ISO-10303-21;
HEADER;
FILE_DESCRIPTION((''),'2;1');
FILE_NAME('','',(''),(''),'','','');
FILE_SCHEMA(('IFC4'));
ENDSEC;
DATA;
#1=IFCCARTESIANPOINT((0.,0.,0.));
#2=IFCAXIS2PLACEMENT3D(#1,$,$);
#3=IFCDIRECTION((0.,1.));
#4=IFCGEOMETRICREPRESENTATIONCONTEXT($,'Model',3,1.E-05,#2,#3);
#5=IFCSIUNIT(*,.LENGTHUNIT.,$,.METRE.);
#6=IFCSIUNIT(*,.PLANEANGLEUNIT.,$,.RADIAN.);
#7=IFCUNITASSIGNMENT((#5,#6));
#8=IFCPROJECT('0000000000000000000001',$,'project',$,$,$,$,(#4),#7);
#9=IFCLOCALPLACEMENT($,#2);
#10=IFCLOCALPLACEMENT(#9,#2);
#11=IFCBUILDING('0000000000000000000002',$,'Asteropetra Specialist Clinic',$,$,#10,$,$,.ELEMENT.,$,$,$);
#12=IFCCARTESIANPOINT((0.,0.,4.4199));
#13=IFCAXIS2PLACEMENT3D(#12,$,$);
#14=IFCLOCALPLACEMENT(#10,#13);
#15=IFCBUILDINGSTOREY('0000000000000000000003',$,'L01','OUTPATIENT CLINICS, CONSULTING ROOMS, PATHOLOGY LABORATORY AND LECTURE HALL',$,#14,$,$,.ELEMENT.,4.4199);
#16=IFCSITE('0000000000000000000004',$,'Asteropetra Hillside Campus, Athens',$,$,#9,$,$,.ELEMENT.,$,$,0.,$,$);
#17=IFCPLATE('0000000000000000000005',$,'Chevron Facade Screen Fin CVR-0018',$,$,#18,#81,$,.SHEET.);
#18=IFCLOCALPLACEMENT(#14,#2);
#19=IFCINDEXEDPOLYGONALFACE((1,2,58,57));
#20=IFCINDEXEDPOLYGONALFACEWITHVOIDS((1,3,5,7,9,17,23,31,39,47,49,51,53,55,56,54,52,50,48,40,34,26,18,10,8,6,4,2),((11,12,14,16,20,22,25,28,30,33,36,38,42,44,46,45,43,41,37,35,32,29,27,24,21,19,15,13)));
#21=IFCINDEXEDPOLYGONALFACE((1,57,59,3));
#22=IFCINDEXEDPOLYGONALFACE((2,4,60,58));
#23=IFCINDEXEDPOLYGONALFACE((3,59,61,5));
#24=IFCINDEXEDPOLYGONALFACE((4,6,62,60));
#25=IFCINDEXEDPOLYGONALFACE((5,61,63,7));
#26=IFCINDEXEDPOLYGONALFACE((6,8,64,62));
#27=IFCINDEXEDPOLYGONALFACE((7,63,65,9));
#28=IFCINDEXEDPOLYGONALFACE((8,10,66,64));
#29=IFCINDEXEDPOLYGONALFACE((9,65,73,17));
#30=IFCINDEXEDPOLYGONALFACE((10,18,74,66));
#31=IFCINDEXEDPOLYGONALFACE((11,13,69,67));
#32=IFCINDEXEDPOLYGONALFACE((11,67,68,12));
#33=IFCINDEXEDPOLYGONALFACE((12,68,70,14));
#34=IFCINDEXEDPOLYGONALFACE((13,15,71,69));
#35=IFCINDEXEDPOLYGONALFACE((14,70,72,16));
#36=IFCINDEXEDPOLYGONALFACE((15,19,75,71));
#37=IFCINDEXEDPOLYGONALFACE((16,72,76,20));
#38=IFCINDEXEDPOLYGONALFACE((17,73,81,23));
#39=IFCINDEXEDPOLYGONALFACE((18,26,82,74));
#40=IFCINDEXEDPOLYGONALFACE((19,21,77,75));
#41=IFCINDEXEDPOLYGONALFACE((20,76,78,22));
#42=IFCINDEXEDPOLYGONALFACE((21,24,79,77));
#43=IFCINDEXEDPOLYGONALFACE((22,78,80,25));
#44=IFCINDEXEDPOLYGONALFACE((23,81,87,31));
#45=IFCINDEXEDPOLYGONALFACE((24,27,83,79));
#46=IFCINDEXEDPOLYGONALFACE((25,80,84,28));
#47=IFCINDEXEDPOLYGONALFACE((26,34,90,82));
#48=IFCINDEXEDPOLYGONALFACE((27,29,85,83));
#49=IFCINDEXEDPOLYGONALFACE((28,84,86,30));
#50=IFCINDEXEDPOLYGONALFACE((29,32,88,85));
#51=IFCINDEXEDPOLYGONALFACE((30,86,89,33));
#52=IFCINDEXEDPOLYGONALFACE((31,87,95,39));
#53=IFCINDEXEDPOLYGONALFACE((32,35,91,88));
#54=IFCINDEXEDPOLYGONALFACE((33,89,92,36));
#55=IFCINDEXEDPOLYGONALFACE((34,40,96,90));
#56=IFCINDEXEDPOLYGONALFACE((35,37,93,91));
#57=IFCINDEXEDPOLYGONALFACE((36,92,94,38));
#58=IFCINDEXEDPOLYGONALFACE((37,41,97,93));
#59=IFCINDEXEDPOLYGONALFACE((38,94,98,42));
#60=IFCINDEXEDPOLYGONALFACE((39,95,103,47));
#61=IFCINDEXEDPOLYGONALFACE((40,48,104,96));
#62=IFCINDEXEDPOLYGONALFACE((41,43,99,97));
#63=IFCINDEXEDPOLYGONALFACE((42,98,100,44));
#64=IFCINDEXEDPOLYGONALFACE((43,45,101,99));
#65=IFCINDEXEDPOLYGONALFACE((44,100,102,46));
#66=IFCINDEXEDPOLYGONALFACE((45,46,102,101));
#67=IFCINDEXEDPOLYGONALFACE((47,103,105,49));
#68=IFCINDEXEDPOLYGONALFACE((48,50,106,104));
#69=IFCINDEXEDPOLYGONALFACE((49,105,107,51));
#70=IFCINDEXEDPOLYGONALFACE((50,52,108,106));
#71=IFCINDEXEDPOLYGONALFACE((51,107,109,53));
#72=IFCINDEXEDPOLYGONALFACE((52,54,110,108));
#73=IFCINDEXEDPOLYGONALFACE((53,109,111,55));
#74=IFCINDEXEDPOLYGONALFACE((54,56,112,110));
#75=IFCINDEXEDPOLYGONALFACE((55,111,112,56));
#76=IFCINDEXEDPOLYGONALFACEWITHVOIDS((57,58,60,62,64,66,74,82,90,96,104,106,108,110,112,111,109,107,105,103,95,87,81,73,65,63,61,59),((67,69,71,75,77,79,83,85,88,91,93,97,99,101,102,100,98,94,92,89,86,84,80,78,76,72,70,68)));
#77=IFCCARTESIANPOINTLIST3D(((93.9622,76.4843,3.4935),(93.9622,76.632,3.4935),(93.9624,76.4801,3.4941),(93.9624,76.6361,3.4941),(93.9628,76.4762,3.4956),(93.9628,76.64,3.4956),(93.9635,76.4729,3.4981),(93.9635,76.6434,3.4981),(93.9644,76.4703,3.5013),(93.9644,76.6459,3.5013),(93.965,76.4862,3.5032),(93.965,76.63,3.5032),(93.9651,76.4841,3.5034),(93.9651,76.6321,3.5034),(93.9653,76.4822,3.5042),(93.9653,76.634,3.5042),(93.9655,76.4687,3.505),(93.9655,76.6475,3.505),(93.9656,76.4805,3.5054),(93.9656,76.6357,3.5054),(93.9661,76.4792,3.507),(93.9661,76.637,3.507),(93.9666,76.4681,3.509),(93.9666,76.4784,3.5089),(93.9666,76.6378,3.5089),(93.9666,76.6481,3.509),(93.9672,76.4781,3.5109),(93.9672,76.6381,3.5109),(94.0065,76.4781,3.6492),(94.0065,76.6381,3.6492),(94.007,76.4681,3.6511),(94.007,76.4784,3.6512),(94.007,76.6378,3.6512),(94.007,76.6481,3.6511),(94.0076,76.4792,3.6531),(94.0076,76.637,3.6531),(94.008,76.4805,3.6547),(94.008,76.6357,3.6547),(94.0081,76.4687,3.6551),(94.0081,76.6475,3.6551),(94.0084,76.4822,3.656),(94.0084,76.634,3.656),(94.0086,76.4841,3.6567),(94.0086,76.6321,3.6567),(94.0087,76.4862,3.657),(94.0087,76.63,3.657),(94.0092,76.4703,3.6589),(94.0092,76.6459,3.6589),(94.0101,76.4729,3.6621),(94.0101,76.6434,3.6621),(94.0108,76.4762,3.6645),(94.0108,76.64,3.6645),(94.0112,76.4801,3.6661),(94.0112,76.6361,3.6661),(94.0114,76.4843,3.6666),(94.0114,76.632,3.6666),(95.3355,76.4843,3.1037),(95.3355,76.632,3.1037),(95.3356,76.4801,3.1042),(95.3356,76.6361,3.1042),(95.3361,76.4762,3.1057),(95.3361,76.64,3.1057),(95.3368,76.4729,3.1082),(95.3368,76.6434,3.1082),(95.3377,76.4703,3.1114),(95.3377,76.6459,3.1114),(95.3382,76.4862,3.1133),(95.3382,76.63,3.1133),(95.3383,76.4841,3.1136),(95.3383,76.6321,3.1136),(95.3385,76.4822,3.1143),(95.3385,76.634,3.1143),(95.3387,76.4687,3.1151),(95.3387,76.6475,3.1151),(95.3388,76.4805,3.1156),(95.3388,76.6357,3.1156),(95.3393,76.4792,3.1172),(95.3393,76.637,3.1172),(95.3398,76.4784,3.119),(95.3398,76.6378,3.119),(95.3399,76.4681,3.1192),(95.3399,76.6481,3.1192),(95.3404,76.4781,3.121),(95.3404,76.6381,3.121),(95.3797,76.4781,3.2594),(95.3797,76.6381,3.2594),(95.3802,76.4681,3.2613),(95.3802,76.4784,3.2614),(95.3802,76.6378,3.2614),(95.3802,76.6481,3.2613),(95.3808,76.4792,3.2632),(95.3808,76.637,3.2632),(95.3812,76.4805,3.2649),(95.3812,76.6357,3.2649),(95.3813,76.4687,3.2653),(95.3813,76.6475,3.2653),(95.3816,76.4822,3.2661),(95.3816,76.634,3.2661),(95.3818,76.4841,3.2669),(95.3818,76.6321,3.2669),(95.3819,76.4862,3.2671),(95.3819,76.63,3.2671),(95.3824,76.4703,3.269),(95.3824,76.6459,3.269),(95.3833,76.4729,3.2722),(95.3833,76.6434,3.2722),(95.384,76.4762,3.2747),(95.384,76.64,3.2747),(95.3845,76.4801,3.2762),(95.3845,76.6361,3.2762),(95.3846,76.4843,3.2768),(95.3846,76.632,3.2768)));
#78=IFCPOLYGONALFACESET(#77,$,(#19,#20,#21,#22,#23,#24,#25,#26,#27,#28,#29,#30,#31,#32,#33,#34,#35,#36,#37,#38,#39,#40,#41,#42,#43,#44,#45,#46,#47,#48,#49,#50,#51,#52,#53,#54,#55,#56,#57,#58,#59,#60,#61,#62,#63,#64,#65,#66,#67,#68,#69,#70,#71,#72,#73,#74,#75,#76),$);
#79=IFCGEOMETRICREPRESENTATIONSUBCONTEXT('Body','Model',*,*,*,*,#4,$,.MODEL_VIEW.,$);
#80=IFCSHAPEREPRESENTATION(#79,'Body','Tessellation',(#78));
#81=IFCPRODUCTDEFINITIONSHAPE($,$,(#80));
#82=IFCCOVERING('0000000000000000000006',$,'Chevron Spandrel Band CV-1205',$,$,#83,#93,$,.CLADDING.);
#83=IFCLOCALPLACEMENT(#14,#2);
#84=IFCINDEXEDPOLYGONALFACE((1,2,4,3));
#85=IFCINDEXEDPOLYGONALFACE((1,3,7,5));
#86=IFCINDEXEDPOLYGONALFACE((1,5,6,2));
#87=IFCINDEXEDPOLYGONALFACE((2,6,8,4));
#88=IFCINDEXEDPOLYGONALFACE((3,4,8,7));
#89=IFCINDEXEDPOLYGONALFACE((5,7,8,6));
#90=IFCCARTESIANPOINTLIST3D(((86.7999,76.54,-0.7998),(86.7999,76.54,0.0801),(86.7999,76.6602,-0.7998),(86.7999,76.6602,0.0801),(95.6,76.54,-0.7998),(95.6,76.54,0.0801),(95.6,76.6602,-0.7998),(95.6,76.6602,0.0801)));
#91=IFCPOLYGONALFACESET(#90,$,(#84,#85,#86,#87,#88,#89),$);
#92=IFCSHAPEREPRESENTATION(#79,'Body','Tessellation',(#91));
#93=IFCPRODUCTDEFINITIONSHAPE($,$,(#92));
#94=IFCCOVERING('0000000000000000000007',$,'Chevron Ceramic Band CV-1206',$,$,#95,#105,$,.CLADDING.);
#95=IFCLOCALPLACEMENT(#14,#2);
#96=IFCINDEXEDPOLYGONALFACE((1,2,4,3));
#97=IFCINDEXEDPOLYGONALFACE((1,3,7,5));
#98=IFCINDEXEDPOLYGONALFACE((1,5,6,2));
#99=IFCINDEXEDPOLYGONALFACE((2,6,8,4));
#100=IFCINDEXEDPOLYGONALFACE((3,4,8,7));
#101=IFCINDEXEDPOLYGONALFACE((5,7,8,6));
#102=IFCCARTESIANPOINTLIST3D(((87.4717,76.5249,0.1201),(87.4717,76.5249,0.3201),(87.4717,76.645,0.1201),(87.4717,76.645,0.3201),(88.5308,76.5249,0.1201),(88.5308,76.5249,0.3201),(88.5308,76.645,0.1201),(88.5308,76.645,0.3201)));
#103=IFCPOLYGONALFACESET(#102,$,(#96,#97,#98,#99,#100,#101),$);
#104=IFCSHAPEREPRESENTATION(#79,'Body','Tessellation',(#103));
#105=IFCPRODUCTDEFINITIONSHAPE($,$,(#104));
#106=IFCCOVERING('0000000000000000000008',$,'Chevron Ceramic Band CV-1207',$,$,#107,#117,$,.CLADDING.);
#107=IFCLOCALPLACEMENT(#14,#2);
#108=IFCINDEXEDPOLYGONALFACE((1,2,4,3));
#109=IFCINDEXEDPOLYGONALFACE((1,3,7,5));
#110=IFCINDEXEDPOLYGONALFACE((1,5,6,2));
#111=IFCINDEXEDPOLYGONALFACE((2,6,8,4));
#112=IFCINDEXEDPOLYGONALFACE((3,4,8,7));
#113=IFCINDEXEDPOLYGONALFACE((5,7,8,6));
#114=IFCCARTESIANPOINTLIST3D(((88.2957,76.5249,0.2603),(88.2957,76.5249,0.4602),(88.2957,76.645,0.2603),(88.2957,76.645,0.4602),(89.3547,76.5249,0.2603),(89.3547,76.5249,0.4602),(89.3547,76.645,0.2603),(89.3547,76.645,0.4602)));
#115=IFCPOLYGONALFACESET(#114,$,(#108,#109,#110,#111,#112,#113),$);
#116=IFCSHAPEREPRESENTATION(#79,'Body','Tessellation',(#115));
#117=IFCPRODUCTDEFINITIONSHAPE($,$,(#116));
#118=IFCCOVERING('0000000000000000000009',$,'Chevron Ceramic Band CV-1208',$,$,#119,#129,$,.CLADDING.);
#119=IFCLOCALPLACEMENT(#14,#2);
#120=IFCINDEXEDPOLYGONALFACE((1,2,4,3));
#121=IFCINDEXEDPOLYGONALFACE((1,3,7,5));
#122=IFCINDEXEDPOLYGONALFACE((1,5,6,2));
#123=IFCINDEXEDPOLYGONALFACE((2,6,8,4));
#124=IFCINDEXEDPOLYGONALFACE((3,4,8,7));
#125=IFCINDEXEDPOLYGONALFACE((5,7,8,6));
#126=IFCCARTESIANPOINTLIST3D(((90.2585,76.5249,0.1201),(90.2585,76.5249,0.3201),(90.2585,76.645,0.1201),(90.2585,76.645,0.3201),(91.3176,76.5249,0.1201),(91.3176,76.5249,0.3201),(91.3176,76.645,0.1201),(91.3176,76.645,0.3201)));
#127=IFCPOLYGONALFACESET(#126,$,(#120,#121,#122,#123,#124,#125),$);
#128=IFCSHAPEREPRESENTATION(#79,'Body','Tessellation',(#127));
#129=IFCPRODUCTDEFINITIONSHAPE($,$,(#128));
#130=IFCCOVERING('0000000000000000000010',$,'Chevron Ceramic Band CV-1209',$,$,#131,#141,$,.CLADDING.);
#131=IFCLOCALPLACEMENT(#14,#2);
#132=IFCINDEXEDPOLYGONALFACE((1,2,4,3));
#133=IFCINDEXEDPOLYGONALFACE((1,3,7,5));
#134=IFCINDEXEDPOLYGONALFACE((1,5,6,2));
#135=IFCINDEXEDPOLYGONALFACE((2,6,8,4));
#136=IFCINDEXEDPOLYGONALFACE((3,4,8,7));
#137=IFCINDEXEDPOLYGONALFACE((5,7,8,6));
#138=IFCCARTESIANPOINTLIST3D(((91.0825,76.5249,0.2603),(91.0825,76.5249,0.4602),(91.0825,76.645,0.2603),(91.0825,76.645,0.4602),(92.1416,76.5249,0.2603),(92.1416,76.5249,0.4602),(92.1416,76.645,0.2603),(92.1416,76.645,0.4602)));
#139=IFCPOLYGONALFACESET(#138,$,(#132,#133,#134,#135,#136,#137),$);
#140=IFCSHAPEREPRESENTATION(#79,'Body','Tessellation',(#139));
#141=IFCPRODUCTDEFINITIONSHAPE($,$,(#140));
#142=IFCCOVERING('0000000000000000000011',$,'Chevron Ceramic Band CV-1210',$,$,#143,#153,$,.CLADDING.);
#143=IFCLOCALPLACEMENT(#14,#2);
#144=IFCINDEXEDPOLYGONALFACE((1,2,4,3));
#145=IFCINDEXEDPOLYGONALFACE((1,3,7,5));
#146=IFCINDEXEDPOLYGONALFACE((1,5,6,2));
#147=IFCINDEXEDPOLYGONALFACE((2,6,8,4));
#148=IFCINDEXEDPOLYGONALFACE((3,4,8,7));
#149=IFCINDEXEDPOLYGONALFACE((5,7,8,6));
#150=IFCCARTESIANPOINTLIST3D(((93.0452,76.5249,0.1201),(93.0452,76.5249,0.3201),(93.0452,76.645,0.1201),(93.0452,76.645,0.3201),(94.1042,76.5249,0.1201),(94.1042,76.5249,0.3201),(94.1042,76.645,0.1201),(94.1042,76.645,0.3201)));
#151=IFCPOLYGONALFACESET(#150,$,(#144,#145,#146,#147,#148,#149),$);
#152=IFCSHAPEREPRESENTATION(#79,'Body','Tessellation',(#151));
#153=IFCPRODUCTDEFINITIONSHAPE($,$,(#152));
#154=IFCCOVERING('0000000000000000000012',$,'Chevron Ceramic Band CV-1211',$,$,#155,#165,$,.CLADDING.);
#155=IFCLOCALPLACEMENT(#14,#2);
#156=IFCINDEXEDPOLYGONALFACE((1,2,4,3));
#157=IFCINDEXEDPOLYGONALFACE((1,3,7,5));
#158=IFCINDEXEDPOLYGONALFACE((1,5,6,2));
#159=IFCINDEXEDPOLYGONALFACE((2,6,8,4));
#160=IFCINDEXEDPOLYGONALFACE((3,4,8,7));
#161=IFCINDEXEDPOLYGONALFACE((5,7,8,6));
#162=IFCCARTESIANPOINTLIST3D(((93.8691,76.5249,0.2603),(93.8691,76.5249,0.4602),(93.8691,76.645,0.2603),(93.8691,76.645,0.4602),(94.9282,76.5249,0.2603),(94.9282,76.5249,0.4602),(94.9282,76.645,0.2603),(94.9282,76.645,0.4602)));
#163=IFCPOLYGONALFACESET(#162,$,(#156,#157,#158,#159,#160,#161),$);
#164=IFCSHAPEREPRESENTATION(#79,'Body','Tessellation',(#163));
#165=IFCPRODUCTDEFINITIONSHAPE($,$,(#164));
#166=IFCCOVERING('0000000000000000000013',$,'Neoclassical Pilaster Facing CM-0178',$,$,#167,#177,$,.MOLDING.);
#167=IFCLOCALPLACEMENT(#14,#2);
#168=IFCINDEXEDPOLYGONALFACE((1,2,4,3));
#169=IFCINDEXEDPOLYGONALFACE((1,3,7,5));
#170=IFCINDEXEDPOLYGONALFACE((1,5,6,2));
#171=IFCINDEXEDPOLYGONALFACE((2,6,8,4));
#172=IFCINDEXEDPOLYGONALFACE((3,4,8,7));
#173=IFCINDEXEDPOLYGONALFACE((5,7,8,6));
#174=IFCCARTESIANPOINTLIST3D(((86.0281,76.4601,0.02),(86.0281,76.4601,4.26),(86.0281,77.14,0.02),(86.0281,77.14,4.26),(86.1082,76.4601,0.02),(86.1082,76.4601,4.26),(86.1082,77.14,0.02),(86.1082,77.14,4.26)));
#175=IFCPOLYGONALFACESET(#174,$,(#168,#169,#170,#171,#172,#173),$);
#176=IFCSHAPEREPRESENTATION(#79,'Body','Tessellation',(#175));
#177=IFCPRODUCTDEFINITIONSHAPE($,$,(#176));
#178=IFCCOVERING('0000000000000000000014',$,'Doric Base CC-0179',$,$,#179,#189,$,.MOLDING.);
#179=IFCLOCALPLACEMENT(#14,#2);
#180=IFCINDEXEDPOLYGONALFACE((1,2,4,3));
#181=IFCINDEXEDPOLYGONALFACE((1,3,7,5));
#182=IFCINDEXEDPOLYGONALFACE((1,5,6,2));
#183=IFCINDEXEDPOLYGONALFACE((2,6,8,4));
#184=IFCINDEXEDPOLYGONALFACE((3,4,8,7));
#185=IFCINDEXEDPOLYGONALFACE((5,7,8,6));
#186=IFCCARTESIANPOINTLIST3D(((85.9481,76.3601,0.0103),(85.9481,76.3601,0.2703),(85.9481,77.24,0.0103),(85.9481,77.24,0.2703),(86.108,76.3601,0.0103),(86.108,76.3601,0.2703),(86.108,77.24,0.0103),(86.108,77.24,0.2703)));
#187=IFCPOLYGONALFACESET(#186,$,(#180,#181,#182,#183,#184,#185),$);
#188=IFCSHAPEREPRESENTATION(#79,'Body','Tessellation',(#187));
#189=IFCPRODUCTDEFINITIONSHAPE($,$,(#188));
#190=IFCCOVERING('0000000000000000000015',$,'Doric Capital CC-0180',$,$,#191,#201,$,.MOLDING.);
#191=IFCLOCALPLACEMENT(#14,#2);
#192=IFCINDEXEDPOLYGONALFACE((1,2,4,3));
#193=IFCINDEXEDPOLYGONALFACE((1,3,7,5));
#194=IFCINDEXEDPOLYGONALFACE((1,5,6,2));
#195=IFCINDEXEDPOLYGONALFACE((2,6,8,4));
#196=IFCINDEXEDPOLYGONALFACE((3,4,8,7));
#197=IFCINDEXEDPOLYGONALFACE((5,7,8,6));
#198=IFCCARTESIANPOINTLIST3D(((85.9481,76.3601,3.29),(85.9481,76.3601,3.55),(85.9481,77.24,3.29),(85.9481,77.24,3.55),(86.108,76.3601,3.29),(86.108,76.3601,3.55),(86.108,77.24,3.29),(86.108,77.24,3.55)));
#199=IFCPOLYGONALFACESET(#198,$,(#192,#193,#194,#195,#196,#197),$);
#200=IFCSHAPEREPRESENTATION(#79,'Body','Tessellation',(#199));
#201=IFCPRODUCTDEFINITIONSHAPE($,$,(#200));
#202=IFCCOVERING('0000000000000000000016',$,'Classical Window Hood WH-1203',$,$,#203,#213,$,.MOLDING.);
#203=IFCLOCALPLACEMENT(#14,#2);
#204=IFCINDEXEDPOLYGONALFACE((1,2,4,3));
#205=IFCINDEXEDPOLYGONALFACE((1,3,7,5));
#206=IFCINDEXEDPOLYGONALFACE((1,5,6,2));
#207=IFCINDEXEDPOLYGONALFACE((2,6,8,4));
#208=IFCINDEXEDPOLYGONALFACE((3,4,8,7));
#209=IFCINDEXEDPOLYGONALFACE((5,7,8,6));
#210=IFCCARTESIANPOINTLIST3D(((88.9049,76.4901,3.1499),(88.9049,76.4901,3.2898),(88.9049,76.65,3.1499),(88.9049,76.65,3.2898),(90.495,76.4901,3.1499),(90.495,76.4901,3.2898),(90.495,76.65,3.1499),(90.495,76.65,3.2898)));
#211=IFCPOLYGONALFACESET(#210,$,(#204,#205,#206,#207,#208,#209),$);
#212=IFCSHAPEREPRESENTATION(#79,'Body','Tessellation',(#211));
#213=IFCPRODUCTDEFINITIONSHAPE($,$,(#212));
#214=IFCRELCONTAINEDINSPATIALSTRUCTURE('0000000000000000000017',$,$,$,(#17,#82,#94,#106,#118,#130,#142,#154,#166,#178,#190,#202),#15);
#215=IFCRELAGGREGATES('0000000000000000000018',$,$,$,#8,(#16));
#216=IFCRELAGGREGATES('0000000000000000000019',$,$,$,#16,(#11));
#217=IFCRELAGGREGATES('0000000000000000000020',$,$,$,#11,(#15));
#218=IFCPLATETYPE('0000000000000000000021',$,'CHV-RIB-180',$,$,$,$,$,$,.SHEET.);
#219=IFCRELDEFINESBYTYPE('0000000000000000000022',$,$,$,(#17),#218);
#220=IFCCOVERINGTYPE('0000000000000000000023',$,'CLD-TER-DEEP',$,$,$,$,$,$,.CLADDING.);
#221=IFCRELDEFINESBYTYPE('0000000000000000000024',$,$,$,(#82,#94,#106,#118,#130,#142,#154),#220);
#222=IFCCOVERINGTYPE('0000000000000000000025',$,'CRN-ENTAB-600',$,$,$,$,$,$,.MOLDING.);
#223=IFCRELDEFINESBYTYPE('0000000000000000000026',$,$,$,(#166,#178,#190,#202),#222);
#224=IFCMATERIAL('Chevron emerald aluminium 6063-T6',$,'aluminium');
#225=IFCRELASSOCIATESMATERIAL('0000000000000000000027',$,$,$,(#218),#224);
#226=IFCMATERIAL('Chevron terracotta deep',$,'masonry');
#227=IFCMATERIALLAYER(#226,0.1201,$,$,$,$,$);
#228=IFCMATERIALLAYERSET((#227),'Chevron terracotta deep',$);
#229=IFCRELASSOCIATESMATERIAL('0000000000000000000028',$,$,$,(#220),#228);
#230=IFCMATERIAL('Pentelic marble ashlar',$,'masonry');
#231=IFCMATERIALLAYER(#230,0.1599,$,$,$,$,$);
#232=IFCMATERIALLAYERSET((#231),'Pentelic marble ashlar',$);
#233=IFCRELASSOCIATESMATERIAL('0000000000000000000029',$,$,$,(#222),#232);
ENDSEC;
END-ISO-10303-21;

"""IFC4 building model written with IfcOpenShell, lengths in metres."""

from ifc_helpers import new_model, si_unit, direction, frame, origin, origin_2d, place, context, subcontext, project, spatial, rectangle, hollow_rectangle, extrude, material, layer, layer_set, material_profile, profile_set, type_object, element, save


model = new_model("IFC4")

# Units and contexts
model_context = context("Model", 3, precision=1e-05, world=origin(), true_north=direction((0.0, 1.0)))
body_context = subcontext(model_context, "Body", "Model", "MODEL_VIEW")
ifc_project = project(units=[si_unit("LENGTHUNIT", "METRE"), si_unit("PLANEANGLEUNIT", "RADIAN")], contexts=[model_context])

# Site, building, storey
site_placement = place(None, origin())
site = spatial("IfcSite", under=ifc_project, at=site_placement, Name="Asteropetra Hillside Campus, Athens", CompositionType="ELEMENT", RefElevation=0.0)
building_placement = place(site_placement, origin())
building = spatial("IfcBuilding", under=site, at=building_placement, Name="Asteropetra Specialist Clinic", CompositionType="ELEMENT")
storey_placement = place(building_placement, frame((0.0, 0.0, 4.4199)))
storey = spatial("IfcBuildingStorey", under=building, at=storey_placement, Name="L01", Description="OUTPATIENT CLINICS, CONSULTING ROOMS, PATHOLOGY LABORATORY AND LECTURE HALL", CompositionType="ELEMENT", Elevation=4.4199)

# Plate
ifc_material_1 = material(Name="Chevron emerald aluminium 6063-T6", Category="aluminium")
ifc_material_profile_1 = material_profile(ifc_material_1, hollow_rectangle(XDim=0.1799, YDim=0.1799, WallThickness=0.01, InnerFilletRadius=0.0081, OuterFilletRadius=0.0161, at=origin_2d()), Name="SHS 180x180x10.0")
ifc_profile_set_1 = profile_set([ifc_material_profile_1], Name="Chevron emerald aluminium 6063-T6")
plate_type = type_object("IfcPlateType", Name="CHV-RIB-180", PredefinedType="SHEET", material=ifc_profile_set_1)
plate_1_placement = place(storey_placement, frame((93.9868, 76.5581, 3.5801), z_axis=(0.961981, 0.0, -0.273117), x_axis=(0.0, 1.0, 0.0)))
element("IfcPlate", 1, at=plate_1_placement, inside=storey, type_object=plate_type, Name="Chevron Facade Screen Fin CVR-0018", PredefinedType="SHEET", context=body_context, shape_type="SweptSolid", body=[
    extrude(hollow_rectangle(XDim=0.1799, YDim=0.1799, WallThickness=0.01, InnerFilletRadius=0.0081, OuterFilletRadius=0.0161, at=origin_2d()), origin(), (0.0, 0.0, 1.0), 1.4275),
])

# Coverings
ifc_material_2 = material(Name="Chevron terracotta deep", Category="masonry")
ifc_layer_1 = layer(ifc_material_2, 0.1201)
ifc_layer_set_1 = layer_set([ifc_layer_1], Name="Chevron terracotta deep")
covering_type_1 = type_object("IfcCoveringType", Name="CLD-TER-DEEP", PredefinedType="CLADDING", material=ifc_layer_set_1)
covering_1_placement = place(storey_placement, frame((91.2, 76.6001, -0.7998), z_axis=(0.0, 0.0, 1.0), x_axis=(1.0, 0.0, 0.0)))
element("IfcCovering", 2, at=covering_1_placement, inside=storey, type_object=covering_type_1, Name="Chevron Spandrel Band CV-1205", PredefinedType="CLADDING", context=body_context, shape_type="SweptSolid", body=[
    extrude(rectangle(XDim=8.8, YDim=0.1201, at=origin_2d()), origin(), (0.0, 0.0, 1.0), 0.8799),
])
for number, where, z_axis, x_axis, name in (
    (3, (88.0012, 76.585, 0.1201), (0.0, 0.0, 1.0), (1.0, 0.0, 0.0), "Chevron Ceramic Band CV-1206"),
    (4, (88.8252, 76.585, 0.2603), (0.0, 0.0, 1.0), (1.0, 0.0, 0.0), "Chevron Ceramic Band CV-1207"),
    (5, (90.7881, 76.585, 0.1201), (0.0, 0.0, 1.0), (1.0, 0.0, 0.0), "Chevron Ceramic Band CV-1208"),
    (6, (91.6121, 76.585, 0.2603), (0.0, 0.0, 1.0), (1.0, 0.0, 0.0), "Chevron Ceramic Band CV-1209"),
    (7, (93.5747, 76.585, 0.1201), (0.0, 0.0, 1.0), (1.0, 0.0, 0.0), "Chevron Ceramic Band CV-1210"),
    (8, (94.3987, 76.585, 0.2603), (0.0, 0.0, 1.0), (1.0, 0.0, 0.0), "Chevron Ceramic Band CV-1211"),
):
    element("IfcCovering", number, at=place(storey_placement, frame(where, z_axis=z_axis, x_axis=x_axis)), inside=storey, type_object=covering_type_1, Name=name, PredefinedType="CLADDING", context=body_context, shape_type="SweptSolid", body=[
        extrude(rectangle(XDim=1.0591, YDim=0.1201, at=origin_2d()), origin(), (0.0, 0.0, 1.0), 0.2),
    ])
ifc_material_3 = material(Name="Pentelic marble ashlar", Category="masonry")
ifc_layer_2 = layer(ifc_material_3, 0.1599)
ifc_layer_set_2 = layer_set([ifc_layer_2], Name="Pentelic marble ashlar")
covering_type_2 = type_object("IfcCoveringType", Name="CRN-ENTAB-600", PredefinedType="MOLDING", material=ifc_layer_set_2)
covering_2_placement = place(storey_placement, frame((86.0681, 76.8, 0.02), z_axis=(0.0, 0.0, 1.0), x_axis=(1.0, 0.0, 0.0)))
element("IfcCovering", 9, at=covering_2_placement, inside=storey, type_object=covering_type_2, Name="Neoclassical Pilaster Facing CM-0178", PredefinedType="MOLDING", context=body_context, shape_type="SweptSolid", body=[
    extrude(rectangle(XDim=0.0801, YDim=0.6799, at=origin_2d()), origin(), (0.0, 0.0, 1.0), 4.24),
])
for number, where, z_axis, x_axis, name in (
    (10, (86.0281, 76.8, 0.0103), (0.0, 0.0, 1.0), (1.0, 0.0, 0.0), "Doric Base CC-0179"),
    (11, (86.0281, 76.8, 3.29), (0.0, 0.0, 1.0), (1.0, 0.0, 0.0), "Doric Capital CC-0180"),
):
    element("IfcCovering", number, at=place(storey_placement, frame(where, z_axis=z_axis, x_axis=x_axis)), inside=storey, type_object=covering_type_2, Name=name, PredefinedType="MOLDING", context=body_context, shape_type="SweptSolid", body=[
        extrude(rectangle(XDim=0.1599, YDim=0.8799, at=origin_2d()), origin(), (0.0, 0.0, 1.0), 0.26),
    ])
for number, where, z_axis, x_axis, name in (
    (12, (89.7, 76.5701, 3.1499), (0.0, 0.0, 1.0), (1.0, 0.0, 0.0), "Classical Window Hood WH-1203"),
):
    element("IfcCovering", number, at=place(storey_placement, frame(where, z_axis=z_axis, x_axis=x_axis)), inside=storey, type_object=covering_type_2, Name=name, PredefinedType="MOLDING", context=body_context, shape_type="SweptSolid", body=[
        extrude(rectangle(XDim=1.5901, YDim=0.1599, at=origin_2d()), origin(), (0.0, 0.0, 1.0), 0.1399),
    ])

save(model, "model.ifc")
